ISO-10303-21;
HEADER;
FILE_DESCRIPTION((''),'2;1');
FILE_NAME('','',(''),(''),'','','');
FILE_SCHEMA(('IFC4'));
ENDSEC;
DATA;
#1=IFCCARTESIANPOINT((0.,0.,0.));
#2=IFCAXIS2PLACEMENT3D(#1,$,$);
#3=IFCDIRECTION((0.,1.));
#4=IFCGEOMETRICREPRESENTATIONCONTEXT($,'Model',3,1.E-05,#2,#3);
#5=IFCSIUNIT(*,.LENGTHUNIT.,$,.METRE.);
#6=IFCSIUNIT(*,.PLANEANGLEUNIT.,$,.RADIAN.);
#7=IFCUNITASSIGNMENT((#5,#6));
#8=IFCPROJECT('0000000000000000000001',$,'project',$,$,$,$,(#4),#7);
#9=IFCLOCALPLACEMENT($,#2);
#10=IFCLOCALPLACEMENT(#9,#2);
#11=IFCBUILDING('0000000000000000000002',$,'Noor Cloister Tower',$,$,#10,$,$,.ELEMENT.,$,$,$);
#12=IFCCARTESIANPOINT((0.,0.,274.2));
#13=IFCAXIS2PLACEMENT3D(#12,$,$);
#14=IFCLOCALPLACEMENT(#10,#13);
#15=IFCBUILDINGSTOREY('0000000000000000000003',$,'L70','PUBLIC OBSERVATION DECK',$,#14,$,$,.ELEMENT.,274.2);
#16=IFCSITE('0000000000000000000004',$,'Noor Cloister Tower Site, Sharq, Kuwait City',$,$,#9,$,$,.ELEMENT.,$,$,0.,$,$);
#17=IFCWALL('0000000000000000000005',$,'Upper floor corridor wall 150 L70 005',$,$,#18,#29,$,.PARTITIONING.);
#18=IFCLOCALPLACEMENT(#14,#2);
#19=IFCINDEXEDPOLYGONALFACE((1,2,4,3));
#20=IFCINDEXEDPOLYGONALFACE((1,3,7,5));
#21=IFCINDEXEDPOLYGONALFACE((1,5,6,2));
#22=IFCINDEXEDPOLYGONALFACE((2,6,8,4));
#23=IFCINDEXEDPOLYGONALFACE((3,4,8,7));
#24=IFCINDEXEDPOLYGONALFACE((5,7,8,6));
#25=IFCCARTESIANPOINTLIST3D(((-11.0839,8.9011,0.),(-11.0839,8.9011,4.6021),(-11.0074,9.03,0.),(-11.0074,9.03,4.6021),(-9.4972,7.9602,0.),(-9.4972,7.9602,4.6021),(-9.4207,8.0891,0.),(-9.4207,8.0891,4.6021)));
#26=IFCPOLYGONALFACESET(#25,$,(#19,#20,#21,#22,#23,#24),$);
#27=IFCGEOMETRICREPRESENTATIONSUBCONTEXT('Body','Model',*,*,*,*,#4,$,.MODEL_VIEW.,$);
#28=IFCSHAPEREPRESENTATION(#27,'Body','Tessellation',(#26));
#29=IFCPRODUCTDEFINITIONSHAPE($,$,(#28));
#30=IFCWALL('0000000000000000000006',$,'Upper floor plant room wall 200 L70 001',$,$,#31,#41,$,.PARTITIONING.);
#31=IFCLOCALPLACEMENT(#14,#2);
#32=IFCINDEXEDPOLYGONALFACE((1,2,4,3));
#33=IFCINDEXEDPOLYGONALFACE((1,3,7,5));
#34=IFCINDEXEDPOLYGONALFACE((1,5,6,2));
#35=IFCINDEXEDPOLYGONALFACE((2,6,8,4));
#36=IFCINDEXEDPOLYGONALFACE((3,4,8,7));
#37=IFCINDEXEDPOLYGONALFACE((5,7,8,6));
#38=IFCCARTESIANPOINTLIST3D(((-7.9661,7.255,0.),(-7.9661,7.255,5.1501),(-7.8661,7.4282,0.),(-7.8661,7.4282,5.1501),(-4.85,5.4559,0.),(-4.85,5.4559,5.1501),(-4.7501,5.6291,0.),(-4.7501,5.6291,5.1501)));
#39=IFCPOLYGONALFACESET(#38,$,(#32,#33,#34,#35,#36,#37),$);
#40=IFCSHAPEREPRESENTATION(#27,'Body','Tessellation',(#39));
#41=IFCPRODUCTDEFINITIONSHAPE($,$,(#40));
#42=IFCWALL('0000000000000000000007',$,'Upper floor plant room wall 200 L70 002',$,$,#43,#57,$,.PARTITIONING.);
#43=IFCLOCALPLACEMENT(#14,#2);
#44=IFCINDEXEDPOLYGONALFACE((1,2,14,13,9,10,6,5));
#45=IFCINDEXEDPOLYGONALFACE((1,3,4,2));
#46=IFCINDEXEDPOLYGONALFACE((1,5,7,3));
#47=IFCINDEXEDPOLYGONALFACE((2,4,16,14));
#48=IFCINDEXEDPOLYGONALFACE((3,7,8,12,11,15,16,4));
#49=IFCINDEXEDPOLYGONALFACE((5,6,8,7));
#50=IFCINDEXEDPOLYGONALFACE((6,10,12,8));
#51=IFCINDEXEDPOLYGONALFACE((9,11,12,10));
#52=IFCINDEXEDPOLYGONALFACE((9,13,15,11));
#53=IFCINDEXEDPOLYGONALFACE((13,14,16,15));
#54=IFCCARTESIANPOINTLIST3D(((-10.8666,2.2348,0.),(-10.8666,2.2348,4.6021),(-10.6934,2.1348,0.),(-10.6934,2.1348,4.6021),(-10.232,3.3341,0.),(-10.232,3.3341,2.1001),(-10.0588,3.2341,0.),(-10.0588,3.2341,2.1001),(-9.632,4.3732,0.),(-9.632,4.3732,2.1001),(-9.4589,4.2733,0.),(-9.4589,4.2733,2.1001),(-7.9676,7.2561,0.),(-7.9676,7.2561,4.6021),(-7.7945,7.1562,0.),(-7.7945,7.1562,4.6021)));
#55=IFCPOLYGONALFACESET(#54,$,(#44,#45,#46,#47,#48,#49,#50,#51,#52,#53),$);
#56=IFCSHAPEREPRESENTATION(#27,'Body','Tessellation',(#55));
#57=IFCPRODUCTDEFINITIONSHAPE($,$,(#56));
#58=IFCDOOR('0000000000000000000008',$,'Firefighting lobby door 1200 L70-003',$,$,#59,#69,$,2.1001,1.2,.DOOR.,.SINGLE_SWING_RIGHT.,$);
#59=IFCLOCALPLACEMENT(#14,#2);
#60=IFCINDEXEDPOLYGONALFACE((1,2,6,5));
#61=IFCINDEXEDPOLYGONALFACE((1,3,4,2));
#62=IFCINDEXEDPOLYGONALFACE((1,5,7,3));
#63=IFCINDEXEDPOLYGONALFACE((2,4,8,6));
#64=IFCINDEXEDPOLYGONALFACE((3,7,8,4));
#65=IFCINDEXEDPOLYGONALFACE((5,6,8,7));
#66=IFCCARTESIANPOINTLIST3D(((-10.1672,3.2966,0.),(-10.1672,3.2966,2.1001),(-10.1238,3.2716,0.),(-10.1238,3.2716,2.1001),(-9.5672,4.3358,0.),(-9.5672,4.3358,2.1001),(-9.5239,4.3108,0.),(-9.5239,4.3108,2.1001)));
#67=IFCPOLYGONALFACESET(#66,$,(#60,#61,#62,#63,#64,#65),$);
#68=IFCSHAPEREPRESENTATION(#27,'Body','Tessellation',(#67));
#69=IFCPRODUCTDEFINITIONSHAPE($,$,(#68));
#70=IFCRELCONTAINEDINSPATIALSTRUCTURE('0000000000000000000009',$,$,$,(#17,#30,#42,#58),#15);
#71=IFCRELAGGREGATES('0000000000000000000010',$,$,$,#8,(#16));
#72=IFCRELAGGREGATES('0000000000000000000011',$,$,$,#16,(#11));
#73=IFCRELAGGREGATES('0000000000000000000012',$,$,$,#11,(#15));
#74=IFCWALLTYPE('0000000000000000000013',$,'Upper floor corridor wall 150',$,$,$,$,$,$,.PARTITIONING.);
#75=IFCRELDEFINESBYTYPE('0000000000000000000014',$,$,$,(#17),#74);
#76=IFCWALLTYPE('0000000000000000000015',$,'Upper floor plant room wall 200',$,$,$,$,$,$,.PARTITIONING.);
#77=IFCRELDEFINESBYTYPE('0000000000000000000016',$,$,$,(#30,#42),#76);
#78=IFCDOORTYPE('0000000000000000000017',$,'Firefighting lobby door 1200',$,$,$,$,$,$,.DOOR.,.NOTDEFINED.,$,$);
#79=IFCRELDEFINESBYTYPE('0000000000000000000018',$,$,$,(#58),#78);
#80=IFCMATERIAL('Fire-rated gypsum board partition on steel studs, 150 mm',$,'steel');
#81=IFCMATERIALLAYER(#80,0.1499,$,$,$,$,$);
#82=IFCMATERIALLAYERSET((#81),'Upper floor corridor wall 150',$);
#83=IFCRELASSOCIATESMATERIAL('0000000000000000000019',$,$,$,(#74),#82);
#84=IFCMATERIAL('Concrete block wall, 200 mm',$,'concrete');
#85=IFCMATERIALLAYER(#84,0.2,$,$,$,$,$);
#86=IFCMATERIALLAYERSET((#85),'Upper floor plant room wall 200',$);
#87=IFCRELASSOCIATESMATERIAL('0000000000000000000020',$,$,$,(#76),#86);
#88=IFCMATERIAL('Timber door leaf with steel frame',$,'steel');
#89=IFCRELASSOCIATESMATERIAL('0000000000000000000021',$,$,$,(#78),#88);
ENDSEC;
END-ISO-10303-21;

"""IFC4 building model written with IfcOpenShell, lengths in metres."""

from ifc_helpers import new_model, si_unit, direction, frame, frame_2d, origin, place, context, subcontext, project, spatial, rectangle, extrude, material, layer, layer_set, type_object, element, fill, save


model = new_model("IFC4")

# Units and contexts
model_context = context("Model", 3, precision=1e-05, world=origin(), true_north=direction((0.0, 1.0)))
body_context = subcontext(model_context, "Body", "Model", "MODEL_VIEW")
ifc_project = project(units=[si_unit("LENGTHUNIT", "METRE"), si_unit("PLANEANGLEUNIT", "RADIAN")], contexts=[model_context])

# Site, building, storey
site_placement = place(None, origin())
site = spatial("IfcSite", under=ifc_project, at=site_placement, Name="Noor Cloister Tower Site, Sharq, Kuwait City", CompositionType="ELEMENT", RefElevation=0.0)
building_placement = place(site_placement, origin())
building = spatial("IfcBuilding", under=site, at=building_placement, Name="Noor Cloister Tower", CompositionType="ELEMENT")
storey_placement = place(building_placement, frame((0.0, 0.0, 274.2)))
storey = spatial("IfcBuildingStorey", under=building, at=storey_placement, Name="L70", Description="PUBLIC OBSERVATION DECK", CompositionType="ELEMENT", Elevation=274.2)

# Walls
ifc_material_1 = material(Name="Fire-rated gypsum board partition on steel studs, 150 mm", Category="steel")
ifc_layer_1 = layer(ifc_material_1, 0.1499)
ifc_layer_set_1 = layer_set([ifc_layer_1], Name="Upper floor corridor wall 150")
wall_type_1 = type_object("IfcWallType", Name="Upper floor corridor wall 150", PredefinedType="PARTITIONING", material=ifc_layer_set_1)
wall_1_placement = place(storey_placement, frame((-11.0457, 8.9656, 0.0), z_axis=(0.0, 0.0, 1.0), x_axis=(0.860132, -0.510071, 0.0)))
element("IfcWall", 1, at=wall_1_placement, inside=storey, type_object=wall_type_1, Name="Upper floor corridor wall 150 L70 005", PredefinedType="PARTITIONING", context=body_context, shape_type="SweptSolid", body=[
    extrude(rectangle(XDim=1.8447, YDim=0.1499, at=frame_2d((0.9224, 0.0))), origin(), (0.0, 0.0, 1.0), 4.6021),
])
ifc_material_2 = material(Name="Concrete block wall, 200 mm", Category="concrete")
ifc_layer_2 = layer(ifc_material_2, 0.2)
ifc_layer_set_2 = layer_set([ifc_layer_2], Name="Upper floor plant room wall 200")
wall_type_2 = type_object("IfcWallType", Name="Upper floor plant room wall 200", PredefinedType="PARTITIONING", material=ifc_layer_set_2)
wall_2_placement = place(storey_placement, frame((-4.8, 5.5425, 0.0), z_axis=(0.0, 0.0, 1.0), x_axis=(-0.866017, 0.500014, 0.0)))
element("IfcWall", 2, at=wall_2_placement, inside=storey, type_object=wall_type_2, Name="Upper floor plant room wall 200 L70 001", PredefinedType="PARTITIONING", context=body_context, shape_type="SweptSolid", body=[
    extrude(rectangle(XDim=3.5981, YDim=0.2, at=frame_2d((1.7991, 0.0))), origin(), (0.0, 0.0, 1.0), 5.1501),
])

# Wall, opening, door
wall_3_placement = place(storey_placement, frame((-7.8811, 7.2061, 0.0), z_axis=(0.0, 0.0, 1.0), x_axis=(-0.499989, -0.866032, 0.0)))
wall_3 = element("IfcWall", 3, at=wall_3_placement, inside=storey, type_object=wall_type_2, Name="Upper floor plant room wall 200 L70 002", PredefinedType="PARTITIONING", context=body_context, shape_type="SweptSolid", body=[
    extrude(rectangle(XDim=5.7981, YDim=0.2, at=frame_2d((2.8989, 0.0))), origin(), (0.0, 0.0, 1.0), 4.6021),
])
opening_1_placement = place(wall_3_placement, frame((3.3286, 0.0, 0.0)))
opening_1 = element("IfcOpeningElement", 4, at=opening_1_placement, cuts=wall_3, PredefinedType="OPENING", context=body_context, shape_type="SweptSolid", body=[
    extrude(rectangle(XDim=1.2, YDim=2.1001, at=frame_2d((0.6001, 1.05))), frame((0.0, 0.1099, 0.0), z_axis=(0.0, -1.0, 0.0), x_axis=(1.0, 0.0, 0.0)), (0.0, 0.0, 1.0), 0.22),
])
ifc_material_3 = material(Name="Timber door leaf with steel frame", Category="steel")
door_type_1 = type_object("IfcDoorType", Name="Firefighting lobby door 1200", OperationType="NOTDEFINED", PredefinedType="DOOR", material=ifc_material_3)
door_1_placement = place(opening_1_placement, origin())
door_1 = element("IfcDoor", 5, at=door_1_placement, inside=storey, type_object=door_type_1, Name="Firefighting lobby door 1200 L70-003", OperationType="SINGLE_SWING_RIGHT", OverallHeight=2.1001, OverallWidth=1.2, PredefinedType="DOOR", context=body_context, shape_type="SweptSolid", body=[
    extrude(rectangle(XDim=1.2, YDim=2.1001, at=frame_2d((0.6001, 1.05))), frame((0.0, 0.0249, 0.0), z_axis=(0.0, -1.0, 0.0), x_axis=(1.0, 0.0, 0.0)), (0.0, 0.0, 1.0), 0.05),
])
fill(opening_1, door_1)

save(model, "model.ifc")
